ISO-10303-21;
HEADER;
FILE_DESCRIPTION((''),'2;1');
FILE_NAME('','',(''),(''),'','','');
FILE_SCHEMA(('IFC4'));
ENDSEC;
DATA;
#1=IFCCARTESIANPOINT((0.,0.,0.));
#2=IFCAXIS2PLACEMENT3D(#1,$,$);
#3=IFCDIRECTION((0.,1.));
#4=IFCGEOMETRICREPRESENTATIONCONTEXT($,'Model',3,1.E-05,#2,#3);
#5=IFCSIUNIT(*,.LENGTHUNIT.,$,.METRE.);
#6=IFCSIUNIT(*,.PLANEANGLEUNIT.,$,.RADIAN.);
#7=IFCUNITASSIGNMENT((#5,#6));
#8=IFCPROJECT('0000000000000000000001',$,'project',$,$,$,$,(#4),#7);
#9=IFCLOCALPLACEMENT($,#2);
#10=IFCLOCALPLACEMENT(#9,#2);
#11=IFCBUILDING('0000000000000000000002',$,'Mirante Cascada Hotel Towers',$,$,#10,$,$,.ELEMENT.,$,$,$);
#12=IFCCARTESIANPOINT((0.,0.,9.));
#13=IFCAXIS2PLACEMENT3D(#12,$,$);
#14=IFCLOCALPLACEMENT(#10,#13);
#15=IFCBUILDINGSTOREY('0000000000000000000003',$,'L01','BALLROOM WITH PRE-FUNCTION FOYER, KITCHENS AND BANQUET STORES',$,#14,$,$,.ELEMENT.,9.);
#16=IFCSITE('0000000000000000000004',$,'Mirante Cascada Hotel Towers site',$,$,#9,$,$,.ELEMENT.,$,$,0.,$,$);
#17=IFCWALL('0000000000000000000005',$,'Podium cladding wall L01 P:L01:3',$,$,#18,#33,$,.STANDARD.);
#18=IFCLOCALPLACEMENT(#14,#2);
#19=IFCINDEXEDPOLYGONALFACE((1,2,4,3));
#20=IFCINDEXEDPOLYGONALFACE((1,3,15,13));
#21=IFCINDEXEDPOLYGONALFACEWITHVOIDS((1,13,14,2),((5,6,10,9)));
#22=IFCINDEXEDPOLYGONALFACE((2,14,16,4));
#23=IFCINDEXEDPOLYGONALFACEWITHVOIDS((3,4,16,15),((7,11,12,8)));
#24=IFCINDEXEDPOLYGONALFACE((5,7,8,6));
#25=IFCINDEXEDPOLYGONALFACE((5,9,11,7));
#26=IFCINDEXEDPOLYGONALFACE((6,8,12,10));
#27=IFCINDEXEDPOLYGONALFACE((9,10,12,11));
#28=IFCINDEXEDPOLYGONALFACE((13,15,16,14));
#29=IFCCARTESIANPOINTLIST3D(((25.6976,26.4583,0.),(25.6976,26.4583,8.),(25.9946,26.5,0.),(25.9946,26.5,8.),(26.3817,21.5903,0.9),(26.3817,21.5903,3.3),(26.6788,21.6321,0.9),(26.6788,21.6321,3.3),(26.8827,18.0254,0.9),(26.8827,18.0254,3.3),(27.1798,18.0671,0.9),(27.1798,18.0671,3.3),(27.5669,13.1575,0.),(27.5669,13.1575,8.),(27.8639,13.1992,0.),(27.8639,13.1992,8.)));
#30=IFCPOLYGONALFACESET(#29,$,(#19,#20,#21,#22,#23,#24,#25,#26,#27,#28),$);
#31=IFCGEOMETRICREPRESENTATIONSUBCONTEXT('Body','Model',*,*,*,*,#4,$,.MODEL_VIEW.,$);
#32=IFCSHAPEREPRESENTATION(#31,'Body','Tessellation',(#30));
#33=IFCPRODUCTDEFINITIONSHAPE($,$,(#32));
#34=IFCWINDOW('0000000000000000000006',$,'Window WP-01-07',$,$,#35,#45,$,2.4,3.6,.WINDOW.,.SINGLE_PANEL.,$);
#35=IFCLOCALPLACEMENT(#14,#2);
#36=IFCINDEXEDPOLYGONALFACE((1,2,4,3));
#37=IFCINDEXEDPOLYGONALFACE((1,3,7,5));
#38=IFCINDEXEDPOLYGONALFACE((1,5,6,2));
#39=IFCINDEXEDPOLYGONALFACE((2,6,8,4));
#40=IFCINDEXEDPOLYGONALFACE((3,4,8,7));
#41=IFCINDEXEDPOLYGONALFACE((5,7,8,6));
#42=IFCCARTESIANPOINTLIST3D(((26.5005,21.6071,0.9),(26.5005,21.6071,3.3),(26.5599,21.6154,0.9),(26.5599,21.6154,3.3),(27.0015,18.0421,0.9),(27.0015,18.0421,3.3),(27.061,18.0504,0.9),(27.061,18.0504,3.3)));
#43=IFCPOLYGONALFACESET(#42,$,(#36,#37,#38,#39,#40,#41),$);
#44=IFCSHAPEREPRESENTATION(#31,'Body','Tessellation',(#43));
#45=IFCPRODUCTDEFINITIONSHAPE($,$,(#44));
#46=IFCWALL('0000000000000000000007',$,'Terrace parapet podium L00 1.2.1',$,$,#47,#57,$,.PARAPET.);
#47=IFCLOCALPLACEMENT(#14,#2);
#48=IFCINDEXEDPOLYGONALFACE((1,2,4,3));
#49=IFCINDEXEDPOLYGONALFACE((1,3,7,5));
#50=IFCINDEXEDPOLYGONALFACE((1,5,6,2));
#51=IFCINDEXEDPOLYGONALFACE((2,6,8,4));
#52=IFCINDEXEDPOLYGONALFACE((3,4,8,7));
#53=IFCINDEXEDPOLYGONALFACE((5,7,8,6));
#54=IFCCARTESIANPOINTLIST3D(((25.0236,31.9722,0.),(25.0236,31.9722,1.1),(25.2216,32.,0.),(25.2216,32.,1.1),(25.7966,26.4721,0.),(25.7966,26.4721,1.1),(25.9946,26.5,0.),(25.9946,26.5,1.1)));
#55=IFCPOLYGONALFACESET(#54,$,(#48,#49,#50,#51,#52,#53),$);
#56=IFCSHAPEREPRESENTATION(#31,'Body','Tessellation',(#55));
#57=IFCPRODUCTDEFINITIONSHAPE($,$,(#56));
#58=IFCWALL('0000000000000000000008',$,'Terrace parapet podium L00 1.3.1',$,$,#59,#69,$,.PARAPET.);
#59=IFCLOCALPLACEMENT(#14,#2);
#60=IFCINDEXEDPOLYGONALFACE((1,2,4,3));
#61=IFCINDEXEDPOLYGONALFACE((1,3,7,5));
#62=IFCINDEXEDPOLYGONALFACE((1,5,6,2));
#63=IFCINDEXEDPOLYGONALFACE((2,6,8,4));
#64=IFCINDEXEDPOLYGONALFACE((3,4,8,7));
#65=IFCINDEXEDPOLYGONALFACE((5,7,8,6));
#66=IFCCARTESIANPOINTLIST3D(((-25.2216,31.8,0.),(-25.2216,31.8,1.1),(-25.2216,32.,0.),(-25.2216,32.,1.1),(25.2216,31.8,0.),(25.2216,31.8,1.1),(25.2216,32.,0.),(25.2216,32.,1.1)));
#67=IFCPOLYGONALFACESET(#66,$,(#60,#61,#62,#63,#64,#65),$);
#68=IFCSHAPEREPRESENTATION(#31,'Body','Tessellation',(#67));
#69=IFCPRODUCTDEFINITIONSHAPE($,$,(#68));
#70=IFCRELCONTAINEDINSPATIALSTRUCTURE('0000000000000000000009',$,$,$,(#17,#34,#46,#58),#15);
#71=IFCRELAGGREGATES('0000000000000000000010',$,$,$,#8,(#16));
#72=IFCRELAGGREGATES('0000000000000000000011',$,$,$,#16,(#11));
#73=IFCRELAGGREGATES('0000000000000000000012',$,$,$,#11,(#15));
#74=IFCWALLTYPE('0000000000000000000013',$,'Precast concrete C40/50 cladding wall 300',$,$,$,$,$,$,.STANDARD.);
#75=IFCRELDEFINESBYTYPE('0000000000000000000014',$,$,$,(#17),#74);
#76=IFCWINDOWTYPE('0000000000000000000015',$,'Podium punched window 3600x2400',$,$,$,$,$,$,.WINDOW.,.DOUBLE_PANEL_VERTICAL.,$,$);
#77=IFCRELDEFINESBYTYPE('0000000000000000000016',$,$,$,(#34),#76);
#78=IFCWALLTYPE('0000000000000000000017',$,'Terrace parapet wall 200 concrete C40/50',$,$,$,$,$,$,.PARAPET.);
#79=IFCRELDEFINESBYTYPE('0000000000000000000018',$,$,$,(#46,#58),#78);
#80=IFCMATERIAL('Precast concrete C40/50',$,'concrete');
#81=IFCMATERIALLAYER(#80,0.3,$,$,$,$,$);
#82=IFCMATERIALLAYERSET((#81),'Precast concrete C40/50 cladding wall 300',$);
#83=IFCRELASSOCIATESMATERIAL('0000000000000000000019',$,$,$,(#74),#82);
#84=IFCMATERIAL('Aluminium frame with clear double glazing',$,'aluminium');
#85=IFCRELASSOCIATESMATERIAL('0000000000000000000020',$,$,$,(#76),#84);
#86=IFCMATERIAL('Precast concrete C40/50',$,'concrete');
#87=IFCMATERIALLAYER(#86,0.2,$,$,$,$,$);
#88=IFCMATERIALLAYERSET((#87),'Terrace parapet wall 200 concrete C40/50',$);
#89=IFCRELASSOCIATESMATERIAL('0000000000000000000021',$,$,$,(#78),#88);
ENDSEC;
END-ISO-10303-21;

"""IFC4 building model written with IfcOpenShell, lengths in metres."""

from ifc_helpers import new_model, si_unit, direction, frame, frame_2d, origin, place, context, subcontext, project, spatial, rectangle, extrude, material, layer, layer_set, type_object, element, fill, save


model = new_model("IFC4")

# Units and contexts
model_context = context("Model", 3, precision=1e-05, world=origin(), true_north=direction((0.0, 1.0)))
body_context = subcontext(model_context, "Body", "Model", "MODEL_VIEW")
ifc_project = project(units=[si_unit("LENGTHUNIT", "METRE"), si_unit("PLANEANGLEUNIT", "RADIAN")], contexts=[model_context])

# Site, building, storey
site_placement = place(None, origin())
site = spatial("IfcSite", under=ifc_project, at=site_placement, Name="Mirante Cascada Hotel Towers site", CompositionType="ELEMENT", RefElevation=0.0)
building_placement = place(site_placement, origin())
building = spatial("IfcBuilding", under=site, at=building_placement, Name="Mirante Cascada Hotel Towers", CompositionType="ELEMENT")
storey_placement = place(building_placement, frame((0.0, 0.0, 9.0)))
storey = spatial("IfcBuildingStorey", under=building, at=storey_placement, Name="L01", Description="BALLROOM WITH PRE-FUNCTION FOYER, KITCHENS AND BANQUET STORES", CompositionType="ELEMENT", Elevation=9.0)

# Wall, opening, window
ifc_material_1 = material(Name="Precast concrete C40/50", Category="concrete")
ifc_layer_1 = layer(ifc_material_1, 0.3)
ifc_layer_set_1 = layer_set([ifc_layer_1], Name="Precast concrete C40/50 cladding wall 300")
wall_type_1 = type_object("IfcWallType", Name="Precast concrete C40/50 cladding wall 300", PredefinedType="STANDARD", material=ifc_layer_set_1)
wall_1_placement = place(storey_placement, frame((27.7154, 13.1783, 0.0), z_axis=(0.0, 0.0, 1.0), x_axis=(-0.139173, 0.990268, 0.0)))
wall_1 = element("IfcWall", 1, at=wall_1_placement, inside=storey, type_object=wall_type_1, Name="Podium cladding wall L01 P:L01:3", PredefinedType="STANDARD", context=body_context, shape_type="SweptSolid", body=[
    extrude(rectangle(XDim=13.4315, YDim=0.3, at=frame_2d((6.7158, 0.0))), origin(), (0.0, 0.0, 1.0), 8.0),
])
opening_1_placement = place(wall_1_placement, frame((4.9158, 0.0, 0.9)))
opening_1 = element("IfcOpeningElement", 2, at=opening_1_placement, cuts=wall_1, PredefinedType="OPENING", context=body_context, shape_type="SweptSolid", body=[
    extrude(rectangle(XDim=3.6, YDim=2.4, at=frame_2d((1.8, 1.2))), frame((0.0, 0.15, 0.0), z_axis=(0.0, -1.0, 0.0), x_axis=(1.0, 0.0, 0.0)), (0.0, 0.0, 1.0), 0.3),
])
ifc_material_2 = material(Name="Aluminium frame with clear double glazing", Category="aluminium")
window_type_1 = type_object("IfcWindowType", Name="Podium punched window 3600x2400", PartitioningType="DOUBLE_PANEL_VERTICAL", PredefinedType="WINDOW", material=ifc_material_2)
window_1_placement = place(opening_1_placement, origin())
window_1 = element("IfcWindow", 3, at=window_1_placement, inside=storey, type_object=window_type_1, Name="Window WP-01-07", OverallHeight=2.4, OverallWidth=3.6, PartitioningType="SINGLE_PANEL", PredefinedType="WINDOW", context=body_context, shape_type="SweptSolid", body=[
    extrude(rectangle(XDim=3.6, YDim=2.4, at=frame_2d((1.8, 1.2))), frame((0.0, 0.03, 0.0), z_axis=(0.0, -1.0, 0.0), x_axis=(1.0, 0.0, 0.0)), (0.0, 0.0, 1.0), 0.06),
])
fill(opening_1, window_1)

# Walls
ifc_material_3 = material(Name="Precast concrete C40/50", Category="concrete")
ifc_layer_2 = layer(ifc_material_3, 0.2)
ifc_layer_set_2 = layer_set([ifc_layer_2], Name="Terrace parapet wall 200 concrete C40/50")
wall_type_2 = type_object("IfcWallType", Name="Terrace parapet wall 200 concrete C40/50", PredefinedType="PARAPET", material=ifc_layer_set_2)
wall_2_placement = place(storey_placement, frame((25.8956, 26.4861, 0.0), z_axis=(0.0, 0.0, 1.0), x_axis=(-0.139178, 0.990267, 0.0)))
element("IfcWall", 4, at=wall_2_placement, inside=storey, type_object=wall_type_2, Name="Terrace parapet podium L00 1.2.1", PredefinedType="PARAPET", context=body_context, shape_type="SweptSolid", body=[
    extrude(rectangle(XDim=5.5541, YDim=0.2, at=frame_2d((2.777, 0.0))), origin(), (0.0, 0.0, 1.0), 1.1),
])
wall_3_placement = place(storey_placement, frame((25.2216, 31.9, 0.0), z_axis=(0.0, 0.0, 1.0), x_axis=(-1.0, 0.0, 0.0)))
element("IfcWall", 5, at=wall_3_placement, inside=storey, type_object=wall_type_2, Name="Terrace parapet podium L00 1.3.1", PredefinedType="PARAPET", context=body_context, shape_type="SweptSolid", body=[
    extrude(rectangle(XDim=50.4432, YDim=0.2, at=frame_2d((25.2216, 0.0))), origin(), (0.0, 0.0, 1.0), 1.1),
])

save(model, "model.ifc")
